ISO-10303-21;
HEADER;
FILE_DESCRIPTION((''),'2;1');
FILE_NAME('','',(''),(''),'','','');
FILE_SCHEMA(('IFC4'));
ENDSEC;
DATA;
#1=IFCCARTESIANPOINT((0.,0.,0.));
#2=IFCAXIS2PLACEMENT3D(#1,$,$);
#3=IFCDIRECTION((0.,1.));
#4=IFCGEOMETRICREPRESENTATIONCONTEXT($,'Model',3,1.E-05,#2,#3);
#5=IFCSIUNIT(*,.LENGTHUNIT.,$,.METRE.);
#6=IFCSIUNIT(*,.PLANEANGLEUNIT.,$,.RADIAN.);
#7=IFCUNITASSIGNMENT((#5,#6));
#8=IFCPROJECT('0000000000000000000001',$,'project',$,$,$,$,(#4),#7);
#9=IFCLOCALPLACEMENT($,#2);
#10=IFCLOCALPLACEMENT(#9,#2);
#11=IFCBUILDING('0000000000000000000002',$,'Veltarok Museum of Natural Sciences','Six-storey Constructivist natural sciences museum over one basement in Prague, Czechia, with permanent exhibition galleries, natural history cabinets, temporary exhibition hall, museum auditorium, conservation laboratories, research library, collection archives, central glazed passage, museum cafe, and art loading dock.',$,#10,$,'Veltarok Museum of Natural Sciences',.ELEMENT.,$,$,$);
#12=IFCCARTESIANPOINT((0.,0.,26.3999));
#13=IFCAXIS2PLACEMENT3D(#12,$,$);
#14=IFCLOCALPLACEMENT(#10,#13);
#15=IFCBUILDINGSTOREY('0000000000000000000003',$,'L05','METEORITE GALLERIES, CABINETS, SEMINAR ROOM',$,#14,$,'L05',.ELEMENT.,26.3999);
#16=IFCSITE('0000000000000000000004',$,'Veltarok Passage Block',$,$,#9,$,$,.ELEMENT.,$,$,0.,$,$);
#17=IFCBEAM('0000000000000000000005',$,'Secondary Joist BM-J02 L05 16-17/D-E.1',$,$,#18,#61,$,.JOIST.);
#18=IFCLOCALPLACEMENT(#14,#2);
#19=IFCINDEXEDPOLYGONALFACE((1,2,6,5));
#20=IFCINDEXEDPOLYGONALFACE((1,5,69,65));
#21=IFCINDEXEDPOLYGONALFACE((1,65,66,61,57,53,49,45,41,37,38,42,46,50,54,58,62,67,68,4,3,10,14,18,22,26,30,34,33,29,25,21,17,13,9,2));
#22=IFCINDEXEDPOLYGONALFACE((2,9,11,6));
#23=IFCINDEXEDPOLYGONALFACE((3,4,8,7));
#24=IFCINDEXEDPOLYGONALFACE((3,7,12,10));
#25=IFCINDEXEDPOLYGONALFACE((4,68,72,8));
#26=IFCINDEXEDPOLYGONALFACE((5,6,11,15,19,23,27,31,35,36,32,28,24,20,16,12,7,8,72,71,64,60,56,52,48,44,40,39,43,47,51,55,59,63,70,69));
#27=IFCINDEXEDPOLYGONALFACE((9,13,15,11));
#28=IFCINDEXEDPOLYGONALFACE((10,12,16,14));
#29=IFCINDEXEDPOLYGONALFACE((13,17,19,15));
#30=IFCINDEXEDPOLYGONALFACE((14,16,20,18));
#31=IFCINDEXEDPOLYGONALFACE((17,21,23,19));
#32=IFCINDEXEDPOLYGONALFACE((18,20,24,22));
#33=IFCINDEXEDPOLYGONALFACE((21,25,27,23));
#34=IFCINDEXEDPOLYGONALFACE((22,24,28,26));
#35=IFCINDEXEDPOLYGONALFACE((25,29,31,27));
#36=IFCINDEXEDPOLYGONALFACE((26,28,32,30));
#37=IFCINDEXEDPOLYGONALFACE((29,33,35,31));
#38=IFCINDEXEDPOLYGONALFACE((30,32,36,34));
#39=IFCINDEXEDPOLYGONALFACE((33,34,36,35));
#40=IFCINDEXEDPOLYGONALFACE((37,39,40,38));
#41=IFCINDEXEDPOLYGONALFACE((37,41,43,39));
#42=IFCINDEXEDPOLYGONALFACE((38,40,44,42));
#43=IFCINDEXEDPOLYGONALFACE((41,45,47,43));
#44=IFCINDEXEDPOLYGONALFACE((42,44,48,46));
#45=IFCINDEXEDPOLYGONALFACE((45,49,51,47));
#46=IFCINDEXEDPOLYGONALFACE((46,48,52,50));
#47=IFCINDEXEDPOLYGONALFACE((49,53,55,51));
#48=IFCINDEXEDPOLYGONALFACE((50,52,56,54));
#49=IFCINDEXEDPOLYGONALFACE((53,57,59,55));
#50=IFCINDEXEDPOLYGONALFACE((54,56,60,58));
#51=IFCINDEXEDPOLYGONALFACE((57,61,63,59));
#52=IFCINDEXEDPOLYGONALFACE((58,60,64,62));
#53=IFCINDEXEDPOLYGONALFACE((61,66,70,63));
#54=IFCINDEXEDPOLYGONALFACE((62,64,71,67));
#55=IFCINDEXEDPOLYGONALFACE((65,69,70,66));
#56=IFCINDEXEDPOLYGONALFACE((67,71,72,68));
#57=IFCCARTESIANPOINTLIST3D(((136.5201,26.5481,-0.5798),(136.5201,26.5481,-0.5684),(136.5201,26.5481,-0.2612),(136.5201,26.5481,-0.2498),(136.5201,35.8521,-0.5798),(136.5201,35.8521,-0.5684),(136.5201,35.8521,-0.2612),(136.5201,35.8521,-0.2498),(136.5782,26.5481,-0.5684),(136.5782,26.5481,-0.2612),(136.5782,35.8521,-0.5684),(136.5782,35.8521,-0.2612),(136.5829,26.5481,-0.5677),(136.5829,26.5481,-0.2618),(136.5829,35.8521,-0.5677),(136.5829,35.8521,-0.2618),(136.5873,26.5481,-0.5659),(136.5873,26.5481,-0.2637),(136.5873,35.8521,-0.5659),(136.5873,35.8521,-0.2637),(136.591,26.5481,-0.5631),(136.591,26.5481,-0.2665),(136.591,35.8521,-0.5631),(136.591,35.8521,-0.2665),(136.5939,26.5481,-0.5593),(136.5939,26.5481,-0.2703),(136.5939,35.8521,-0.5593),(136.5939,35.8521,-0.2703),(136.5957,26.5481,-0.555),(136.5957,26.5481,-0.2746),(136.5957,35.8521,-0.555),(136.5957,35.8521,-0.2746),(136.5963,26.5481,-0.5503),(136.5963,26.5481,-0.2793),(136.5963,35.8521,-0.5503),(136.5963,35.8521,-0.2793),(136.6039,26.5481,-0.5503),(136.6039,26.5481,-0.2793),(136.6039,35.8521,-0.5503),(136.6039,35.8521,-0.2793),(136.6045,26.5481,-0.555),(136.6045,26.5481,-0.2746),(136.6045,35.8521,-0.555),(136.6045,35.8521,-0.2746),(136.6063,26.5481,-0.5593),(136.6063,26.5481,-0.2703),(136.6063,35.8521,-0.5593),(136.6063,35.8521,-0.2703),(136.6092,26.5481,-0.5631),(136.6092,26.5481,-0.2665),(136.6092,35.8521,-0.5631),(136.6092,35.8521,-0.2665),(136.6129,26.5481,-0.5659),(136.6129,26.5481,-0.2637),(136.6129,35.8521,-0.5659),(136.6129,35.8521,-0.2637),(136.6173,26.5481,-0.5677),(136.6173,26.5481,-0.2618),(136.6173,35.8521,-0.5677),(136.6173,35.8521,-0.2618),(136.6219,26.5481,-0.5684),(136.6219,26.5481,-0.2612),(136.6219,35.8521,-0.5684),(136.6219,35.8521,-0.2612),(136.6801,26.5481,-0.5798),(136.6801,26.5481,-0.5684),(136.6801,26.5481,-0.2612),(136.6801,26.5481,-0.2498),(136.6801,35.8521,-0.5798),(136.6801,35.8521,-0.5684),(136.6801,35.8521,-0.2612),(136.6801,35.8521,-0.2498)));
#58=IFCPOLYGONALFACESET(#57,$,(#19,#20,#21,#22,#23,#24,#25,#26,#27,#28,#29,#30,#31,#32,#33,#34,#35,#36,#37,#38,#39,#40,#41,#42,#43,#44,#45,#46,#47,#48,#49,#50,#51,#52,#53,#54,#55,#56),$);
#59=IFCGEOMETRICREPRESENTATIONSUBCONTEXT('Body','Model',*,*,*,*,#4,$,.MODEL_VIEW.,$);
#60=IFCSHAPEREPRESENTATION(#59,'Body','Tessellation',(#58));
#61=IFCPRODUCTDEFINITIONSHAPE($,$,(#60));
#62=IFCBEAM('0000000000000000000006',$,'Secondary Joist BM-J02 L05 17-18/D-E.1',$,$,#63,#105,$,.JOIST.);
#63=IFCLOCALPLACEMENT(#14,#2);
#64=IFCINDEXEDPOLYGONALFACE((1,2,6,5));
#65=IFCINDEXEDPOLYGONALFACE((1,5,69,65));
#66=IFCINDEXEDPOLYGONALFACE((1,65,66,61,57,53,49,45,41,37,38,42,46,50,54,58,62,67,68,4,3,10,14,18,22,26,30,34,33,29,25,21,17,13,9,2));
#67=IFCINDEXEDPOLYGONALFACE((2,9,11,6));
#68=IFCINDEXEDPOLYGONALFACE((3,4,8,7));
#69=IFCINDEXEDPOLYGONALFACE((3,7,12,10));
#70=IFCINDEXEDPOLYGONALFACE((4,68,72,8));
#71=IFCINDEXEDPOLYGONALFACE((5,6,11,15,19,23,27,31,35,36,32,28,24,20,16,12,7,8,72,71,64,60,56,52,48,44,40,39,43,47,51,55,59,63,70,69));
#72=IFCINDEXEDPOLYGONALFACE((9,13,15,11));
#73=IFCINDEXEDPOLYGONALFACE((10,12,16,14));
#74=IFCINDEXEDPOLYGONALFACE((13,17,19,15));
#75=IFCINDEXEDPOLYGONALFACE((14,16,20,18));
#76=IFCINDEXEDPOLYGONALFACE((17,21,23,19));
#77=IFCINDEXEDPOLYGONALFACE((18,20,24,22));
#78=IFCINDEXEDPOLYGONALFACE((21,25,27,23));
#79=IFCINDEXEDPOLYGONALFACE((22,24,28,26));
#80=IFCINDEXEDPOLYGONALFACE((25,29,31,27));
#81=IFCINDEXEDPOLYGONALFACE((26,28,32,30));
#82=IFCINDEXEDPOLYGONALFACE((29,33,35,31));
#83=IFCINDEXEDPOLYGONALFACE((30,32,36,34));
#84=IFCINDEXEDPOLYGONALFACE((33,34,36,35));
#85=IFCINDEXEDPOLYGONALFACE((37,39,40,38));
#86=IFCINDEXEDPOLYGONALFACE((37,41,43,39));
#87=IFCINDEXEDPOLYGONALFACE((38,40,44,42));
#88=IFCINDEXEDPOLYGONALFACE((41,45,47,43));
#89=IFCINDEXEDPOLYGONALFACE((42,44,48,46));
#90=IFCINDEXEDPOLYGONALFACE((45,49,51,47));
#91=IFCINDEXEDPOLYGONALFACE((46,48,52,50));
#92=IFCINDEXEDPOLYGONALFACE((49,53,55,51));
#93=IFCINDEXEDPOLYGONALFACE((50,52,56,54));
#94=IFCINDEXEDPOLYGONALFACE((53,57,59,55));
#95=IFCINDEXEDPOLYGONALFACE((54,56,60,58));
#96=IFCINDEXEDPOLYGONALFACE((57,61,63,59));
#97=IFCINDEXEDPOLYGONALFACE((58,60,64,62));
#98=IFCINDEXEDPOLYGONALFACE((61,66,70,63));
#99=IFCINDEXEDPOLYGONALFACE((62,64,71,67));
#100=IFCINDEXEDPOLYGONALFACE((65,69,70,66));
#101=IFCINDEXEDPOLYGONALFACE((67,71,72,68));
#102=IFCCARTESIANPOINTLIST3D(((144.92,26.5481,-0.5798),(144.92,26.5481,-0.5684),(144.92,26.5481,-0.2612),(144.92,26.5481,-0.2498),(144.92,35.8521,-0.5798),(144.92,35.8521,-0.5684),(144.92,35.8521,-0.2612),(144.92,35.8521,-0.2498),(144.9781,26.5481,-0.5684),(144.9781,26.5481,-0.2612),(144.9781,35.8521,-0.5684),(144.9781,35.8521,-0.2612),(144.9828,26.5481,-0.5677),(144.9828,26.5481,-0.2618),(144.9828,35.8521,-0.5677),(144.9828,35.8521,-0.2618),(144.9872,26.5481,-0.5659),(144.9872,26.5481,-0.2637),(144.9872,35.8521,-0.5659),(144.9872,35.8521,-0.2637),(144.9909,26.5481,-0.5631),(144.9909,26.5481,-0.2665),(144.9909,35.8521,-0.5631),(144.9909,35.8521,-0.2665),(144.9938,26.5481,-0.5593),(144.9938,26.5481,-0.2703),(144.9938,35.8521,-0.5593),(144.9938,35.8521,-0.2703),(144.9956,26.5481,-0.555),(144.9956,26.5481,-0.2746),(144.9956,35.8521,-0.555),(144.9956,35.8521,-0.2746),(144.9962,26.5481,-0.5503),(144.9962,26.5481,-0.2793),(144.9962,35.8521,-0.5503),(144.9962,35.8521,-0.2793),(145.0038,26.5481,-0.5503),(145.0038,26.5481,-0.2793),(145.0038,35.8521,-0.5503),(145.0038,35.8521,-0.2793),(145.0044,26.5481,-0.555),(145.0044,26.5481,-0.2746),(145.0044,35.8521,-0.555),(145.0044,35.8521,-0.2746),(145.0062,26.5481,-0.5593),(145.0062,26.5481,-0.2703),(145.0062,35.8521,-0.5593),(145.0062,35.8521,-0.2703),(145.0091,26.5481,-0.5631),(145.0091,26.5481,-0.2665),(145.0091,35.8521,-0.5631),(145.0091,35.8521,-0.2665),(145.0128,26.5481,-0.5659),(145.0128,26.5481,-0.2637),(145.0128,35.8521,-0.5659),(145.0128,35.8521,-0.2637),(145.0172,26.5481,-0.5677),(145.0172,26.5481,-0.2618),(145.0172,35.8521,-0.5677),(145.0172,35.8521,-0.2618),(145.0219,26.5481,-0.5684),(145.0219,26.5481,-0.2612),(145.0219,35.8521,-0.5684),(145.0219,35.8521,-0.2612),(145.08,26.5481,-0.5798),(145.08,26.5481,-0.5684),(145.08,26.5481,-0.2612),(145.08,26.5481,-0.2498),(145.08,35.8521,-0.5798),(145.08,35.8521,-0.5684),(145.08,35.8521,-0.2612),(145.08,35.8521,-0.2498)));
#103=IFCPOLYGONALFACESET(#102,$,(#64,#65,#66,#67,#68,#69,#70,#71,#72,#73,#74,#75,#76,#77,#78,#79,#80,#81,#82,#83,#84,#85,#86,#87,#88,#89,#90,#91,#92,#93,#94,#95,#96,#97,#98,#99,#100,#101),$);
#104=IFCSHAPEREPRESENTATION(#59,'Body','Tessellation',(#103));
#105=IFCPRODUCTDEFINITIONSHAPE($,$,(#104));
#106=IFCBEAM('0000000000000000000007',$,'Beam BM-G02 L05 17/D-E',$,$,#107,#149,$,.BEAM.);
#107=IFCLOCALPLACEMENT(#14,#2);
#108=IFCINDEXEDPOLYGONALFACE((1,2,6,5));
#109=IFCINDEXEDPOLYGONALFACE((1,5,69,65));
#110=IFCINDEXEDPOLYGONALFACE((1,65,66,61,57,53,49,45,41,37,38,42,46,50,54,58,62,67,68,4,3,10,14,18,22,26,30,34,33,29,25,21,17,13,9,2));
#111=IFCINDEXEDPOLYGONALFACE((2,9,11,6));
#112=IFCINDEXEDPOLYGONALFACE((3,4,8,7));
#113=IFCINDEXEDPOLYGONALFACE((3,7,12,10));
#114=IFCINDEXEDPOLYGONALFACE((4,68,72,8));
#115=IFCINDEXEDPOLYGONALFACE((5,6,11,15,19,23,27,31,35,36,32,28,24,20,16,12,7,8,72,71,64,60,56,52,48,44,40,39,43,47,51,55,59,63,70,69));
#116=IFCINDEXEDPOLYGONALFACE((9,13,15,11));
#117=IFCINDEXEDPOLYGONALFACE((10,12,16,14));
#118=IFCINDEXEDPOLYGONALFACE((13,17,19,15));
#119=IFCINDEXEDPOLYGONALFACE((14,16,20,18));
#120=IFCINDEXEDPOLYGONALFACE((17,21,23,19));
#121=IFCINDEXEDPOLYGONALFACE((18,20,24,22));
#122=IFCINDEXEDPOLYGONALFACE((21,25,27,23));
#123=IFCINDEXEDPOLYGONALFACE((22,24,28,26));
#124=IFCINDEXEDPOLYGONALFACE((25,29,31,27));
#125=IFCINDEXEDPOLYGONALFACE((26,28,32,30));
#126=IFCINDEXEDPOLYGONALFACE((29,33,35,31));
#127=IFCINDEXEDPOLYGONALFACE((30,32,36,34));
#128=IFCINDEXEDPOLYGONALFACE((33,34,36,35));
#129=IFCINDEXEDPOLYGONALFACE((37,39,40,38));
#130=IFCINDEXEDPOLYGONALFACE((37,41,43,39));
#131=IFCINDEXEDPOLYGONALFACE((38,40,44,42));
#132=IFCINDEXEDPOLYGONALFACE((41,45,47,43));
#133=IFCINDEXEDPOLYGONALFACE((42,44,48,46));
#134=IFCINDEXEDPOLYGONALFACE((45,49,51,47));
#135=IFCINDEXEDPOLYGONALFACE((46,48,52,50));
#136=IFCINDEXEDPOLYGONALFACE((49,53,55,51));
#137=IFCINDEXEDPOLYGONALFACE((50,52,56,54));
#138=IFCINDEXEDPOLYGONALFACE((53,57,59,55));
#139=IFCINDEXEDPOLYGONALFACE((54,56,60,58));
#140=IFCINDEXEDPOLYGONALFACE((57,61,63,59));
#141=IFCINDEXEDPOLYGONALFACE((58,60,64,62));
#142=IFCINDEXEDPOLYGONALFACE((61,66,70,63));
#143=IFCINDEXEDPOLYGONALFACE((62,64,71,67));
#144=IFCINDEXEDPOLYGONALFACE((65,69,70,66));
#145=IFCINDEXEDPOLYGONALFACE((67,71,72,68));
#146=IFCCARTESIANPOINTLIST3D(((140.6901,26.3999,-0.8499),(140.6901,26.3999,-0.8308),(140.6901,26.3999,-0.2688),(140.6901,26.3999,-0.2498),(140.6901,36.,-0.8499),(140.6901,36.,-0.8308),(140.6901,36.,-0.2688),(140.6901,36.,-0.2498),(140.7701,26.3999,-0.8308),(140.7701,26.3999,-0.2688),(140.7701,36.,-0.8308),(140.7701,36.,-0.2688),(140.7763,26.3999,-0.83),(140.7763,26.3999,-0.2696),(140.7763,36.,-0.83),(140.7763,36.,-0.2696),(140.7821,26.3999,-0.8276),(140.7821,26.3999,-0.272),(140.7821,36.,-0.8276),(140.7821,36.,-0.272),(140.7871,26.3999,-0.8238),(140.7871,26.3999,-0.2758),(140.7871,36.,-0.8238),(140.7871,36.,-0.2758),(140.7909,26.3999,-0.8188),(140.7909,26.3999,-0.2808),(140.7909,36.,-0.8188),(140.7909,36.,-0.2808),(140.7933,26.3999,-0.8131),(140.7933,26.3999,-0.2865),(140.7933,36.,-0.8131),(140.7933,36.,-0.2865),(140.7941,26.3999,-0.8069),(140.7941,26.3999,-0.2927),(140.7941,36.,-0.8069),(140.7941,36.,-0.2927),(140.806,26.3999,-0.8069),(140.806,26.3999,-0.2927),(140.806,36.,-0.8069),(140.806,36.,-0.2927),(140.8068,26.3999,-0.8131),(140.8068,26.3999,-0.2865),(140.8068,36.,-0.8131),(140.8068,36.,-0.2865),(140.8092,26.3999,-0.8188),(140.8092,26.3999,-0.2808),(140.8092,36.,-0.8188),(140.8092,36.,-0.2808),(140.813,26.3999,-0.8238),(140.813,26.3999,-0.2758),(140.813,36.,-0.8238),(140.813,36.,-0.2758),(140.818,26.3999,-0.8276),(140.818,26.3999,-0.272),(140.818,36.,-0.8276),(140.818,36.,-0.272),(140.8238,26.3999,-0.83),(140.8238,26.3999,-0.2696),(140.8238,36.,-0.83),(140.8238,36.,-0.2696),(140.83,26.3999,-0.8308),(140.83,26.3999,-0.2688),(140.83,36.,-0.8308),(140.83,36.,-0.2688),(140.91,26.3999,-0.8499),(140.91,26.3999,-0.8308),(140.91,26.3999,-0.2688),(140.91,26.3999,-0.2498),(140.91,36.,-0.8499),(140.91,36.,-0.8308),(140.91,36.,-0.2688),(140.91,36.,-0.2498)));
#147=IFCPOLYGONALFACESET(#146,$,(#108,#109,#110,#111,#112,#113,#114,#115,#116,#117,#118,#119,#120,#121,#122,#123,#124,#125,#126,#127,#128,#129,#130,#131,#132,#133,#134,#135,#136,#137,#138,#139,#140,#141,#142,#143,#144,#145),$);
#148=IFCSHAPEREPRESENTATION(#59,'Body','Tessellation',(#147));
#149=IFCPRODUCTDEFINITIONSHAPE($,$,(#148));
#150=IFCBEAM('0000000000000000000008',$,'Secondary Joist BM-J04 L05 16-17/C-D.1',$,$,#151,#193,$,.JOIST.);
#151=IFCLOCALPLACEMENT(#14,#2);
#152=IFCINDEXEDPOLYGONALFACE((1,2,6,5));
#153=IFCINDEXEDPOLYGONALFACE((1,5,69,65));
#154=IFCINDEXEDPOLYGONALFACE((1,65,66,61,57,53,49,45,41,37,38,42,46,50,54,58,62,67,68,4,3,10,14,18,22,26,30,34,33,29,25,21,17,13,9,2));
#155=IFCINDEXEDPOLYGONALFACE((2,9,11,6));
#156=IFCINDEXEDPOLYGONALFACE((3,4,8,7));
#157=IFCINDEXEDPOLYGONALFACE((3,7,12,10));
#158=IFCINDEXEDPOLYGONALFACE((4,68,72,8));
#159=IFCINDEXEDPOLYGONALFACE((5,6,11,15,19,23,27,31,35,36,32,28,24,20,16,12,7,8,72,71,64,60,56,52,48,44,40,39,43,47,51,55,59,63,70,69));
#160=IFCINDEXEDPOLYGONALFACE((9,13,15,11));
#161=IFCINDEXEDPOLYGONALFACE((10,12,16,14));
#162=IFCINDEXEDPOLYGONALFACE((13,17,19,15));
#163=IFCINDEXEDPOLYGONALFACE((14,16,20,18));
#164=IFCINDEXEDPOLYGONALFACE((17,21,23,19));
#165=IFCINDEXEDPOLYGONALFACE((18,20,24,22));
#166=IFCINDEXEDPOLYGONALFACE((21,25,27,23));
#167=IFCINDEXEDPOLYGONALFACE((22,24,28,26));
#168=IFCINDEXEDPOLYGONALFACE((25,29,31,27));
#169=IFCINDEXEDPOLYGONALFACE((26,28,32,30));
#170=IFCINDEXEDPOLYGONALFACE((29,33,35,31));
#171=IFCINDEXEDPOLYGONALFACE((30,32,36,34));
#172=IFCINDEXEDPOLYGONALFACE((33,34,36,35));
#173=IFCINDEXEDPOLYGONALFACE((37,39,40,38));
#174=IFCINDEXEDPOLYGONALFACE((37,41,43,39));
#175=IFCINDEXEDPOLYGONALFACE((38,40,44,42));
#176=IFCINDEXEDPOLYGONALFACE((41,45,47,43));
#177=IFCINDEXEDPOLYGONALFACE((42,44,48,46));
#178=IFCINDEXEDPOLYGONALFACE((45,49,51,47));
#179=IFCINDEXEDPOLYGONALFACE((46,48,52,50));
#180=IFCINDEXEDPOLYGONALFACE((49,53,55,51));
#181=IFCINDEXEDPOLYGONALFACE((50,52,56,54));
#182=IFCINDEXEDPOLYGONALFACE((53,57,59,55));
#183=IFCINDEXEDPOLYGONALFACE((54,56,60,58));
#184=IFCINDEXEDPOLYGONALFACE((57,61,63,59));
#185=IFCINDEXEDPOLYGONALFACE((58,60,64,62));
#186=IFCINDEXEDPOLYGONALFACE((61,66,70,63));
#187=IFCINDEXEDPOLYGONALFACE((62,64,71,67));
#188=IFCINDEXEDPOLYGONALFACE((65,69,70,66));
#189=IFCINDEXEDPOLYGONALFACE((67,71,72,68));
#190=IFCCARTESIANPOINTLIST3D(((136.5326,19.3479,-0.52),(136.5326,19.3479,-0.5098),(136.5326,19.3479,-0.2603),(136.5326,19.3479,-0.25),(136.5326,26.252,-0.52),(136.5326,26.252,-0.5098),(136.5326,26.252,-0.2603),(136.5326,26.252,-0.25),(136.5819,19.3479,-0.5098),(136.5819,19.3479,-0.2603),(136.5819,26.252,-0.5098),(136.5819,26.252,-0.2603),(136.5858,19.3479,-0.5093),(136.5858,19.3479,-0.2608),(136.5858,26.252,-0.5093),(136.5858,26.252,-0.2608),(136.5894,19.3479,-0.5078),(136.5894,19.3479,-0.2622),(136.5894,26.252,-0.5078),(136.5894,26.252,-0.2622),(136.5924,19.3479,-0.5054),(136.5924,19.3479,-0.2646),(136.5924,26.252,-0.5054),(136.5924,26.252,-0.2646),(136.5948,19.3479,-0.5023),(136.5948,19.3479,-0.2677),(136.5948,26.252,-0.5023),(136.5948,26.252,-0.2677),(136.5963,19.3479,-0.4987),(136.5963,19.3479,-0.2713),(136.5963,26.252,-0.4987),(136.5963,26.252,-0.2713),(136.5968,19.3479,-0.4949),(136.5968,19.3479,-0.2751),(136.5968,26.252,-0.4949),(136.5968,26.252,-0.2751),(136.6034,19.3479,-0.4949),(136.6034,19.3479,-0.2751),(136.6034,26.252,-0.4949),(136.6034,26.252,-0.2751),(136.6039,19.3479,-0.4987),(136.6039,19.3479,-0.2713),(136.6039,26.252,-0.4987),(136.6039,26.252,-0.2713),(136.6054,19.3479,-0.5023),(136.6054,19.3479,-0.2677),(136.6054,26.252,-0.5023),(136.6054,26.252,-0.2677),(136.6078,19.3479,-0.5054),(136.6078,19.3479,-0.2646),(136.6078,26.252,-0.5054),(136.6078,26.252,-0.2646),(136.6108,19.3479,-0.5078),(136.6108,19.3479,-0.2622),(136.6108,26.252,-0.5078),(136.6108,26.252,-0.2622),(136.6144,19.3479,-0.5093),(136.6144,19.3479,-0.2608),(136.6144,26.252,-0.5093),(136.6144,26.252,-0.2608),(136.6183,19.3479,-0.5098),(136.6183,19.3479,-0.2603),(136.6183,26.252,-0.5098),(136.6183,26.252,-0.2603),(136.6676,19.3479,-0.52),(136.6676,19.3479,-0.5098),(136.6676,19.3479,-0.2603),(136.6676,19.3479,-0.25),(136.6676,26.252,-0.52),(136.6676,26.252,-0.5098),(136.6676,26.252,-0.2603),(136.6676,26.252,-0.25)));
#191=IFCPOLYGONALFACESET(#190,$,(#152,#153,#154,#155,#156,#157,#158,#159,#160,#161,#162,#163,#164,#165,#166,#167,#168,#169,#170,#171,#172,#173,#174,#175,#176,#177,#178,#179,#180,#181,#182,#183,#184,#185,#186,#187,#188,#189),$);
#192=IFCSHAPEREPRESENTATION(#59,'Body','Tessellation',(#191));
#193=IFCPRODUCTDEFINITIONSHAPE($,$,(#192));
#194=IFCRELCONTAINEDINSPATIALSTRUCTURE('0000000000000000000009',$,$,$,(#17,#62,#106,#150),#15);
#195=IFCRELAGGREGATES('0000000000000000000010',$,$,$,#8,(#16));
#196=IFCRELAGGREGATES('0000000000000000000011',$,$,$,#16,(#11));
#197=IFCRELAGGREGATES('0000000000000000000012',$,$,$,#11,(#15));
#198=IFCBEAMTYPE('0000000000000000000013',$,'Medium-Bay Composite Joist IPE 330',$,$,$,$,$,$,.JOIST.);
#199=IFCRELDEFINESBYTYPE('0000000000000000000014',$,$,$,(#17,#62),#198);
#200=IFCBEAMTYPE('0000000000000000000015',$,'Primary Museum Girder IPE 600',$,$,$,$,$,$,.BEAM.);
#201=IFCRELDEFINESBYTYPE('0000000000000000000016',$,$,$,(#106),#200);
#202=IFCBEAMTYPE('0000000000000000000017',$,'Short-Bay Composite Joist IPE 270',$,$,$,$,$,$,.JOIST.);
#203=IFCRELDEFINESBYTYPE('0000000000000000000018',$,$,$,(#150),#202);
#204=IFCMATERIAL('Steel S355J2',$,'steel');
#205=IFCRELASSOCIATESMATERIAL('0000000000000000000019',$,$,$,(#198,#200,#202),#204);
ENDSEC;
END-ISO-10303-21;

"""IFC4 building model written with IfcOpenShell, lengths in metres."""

from ifc_helpers import new_model, si_unit, direction, frame, origin, origin_2d, place, context, subcontext, project, spatial, i_section, extrude, material, material_profile, profile_set, type_object, element, save


model = new_model("IFC4")

# Units and contexts
model_context = context("Model", 3, precision=1e-05, world=origin(), true_north=direction((0.0, 1.0)))
body_context = subcontext(model_context, "Body", "Model", "MODEL_VIEW")
ifc_project = project(units=[si_unit("LENGTHUNIT", "METRE"), si_unit("PLANEANGLEUNIT", "RADIAN")], contexts=[model_context])

# Site, building, storey
site_placement = place(None, origin())
site = spatial("IfcSite", under=ifc_project, at=site_placement, Name="Veltarok Passage Block", CompositionType="ELEMENT", RefElevation=0.0)
building_placement = place(site_placement, origin())
building = spatial("IfcBuilding", under=site, at=building_placement, Name="Veltarok Museum of Natural Sciences", Description="Six-storey Constructivist natural sciences museum over one basement in Prague, Czechia, with permanent exhibition galleries, natural history cabinets, temporary exhibition hall, museum auditorium, conservation laboratories, research library, collection archives, central glazed passage, museum cafe, and art loading dock.", LongName="Veltarok Museum of Natural Sciences", CompositionType="ELEMENT")
storey_placement = place(building_placement, frame((0.0, 0.0, 26.3999)))
storey = spatial("IfcBuildingStorey", under=building, at=storey_placement, Name="L05", Description="METEORITE GALLERIES, CABINETS, SEMINAR ROOM", LongName="L05", CompositionType="ELEMENT", Elevation=26.3999)

# Beams
ifc_material_1 = material(Name="Steel S355J2", Category="steel")
ifc_material_profile_1 = material_profile(ifc_material_1, i_section(OverallWidth=0.1599, OverallDepth=0.3301, WebThickness=0.0076, FlangeThickness=0.0115, FilletRadius=0.0181, at=origin_2d()), Name="IPE 330")
ifc_profile_set_1 = profile_set([ifc_material_profile_1], Name="Steel S355J2")
beam_type_1 = type_object("IfcBeamType", Name="Medium-Bay Composite Joist IPE 330", PredefinedType="JOIST", material=ifc_profile_set_1)
for number, where, z_axis, x_axis, name in (
    (1, (136.6001, 26.5481, -0.4148), (0.0, 1.0, 0.0), (-1.0, 0.0, 0.0), "Secondary Joist BM-J02 L05 16-17/D-E.1"),
    (2, (145.0, 26.5481, -0.4148), (0.0, 1.0, 0.0), (-1.0, 0.0, 0.0), "Secondary Joist BM-J02 L05 17-18/D-E.1"),
):
    element("IfcBeam", number, at=place(storey_placement, frame(where, z_axis=z_axis, x_axis=x_axis)), inside=storey, type_object=beam_type_1, Name=name, PredefinedType="JOIST", context=body_context, shape_type="SweptSolid", body=[
        extrude(i_section(OverallWidth=0.1599, OverallDepth=0.3301, WebThickness=0.0076, FlangeThickness=0.0115, FilletRadius=0.0181, at=origin_2d()), origin(), (0.0, 0.0, 1.0), 9.304),
    ])
ifc_material_profile_2 = material_profile(ifc_material_1, i_section(OverallWidth=0.22, OverallDepth=0.6001, WebThickness=0.012, FlangeThickness=0.019, FilletRadius=0.0239, at=origin_2d()), Name="IPE 600")
ifc_profile_set_2 = profile_set([ifc_material_profile_2], Name="Steel S355J2")
beam_type_2 = type_object("IfcBeamType", Name="Primary Museum Girder IPE 600", PredefinedType="BEAM", material=ifc_profile_set_2)
beam_1_placement = place(storey_placement, frame((140.8, 26.3999, -0.5498), z_axis=(0.0, 1.0, 0.0), x_axis=(-1.0, 0.0, 0.0)))
element("IfcBeam", 3, at=beam_1_placement, inside=storey, type_object=beam_type_2, Name="Beam BM-G02 L05 17/D-E", PredefinedType="BEAM", context=body_context, shape_type="SweptSolid", body=[
    extrude(i_section(OverallWidth=0.22, OverallDepth=0.6001, WebThickness=0.012, FlangeThickness=0.019, FilletRadius=0.0239, at=origin_2d()), origin(), (0.0, 0.0, 1.0), 9.6001),
])
ifc_material_profile_3 = material_profile(ifc_material_1, i_section(OverallWidth=0.135, OverallDepth=0.27, WebThickness=0.0066, FlangeThickness=0.0103, FilletRadius=0.0149, at=origin_2d()), Name="IPE 270")
ifc_profile_set_3 = profile_set([ifc_material_profile_3], Name="Steel S355J2")
beam_type_3 = type_object("IfcBeamType", Name="Short-Bay Composite Joist IPE 270", PredefinedType="JOIST", material=ifc_profile_set_3)
for number, where, z_axis, x_axis, name in (
    (4, (136.6001, 19.3479, -0.385), (0.0, 1.0, 0.0), (-1.0, 0.0, 0.0), "Secondary Joist BM-J04 L05 16-17/C-D.1"),
):
    element("IfcBeam", number, at=place(storey_placement, frame(where, z_axis=z_axis, x_axis=x_axis)), inside=storey, type_object=beam_type_3, Name=name, PredefinedType="JOIST", context=body_context, shape_type="SweptSolid", body=[
        extrude(i_section(OverallWidth=0.135, OverallDepth=0.27, WebThickness=0.0066, FlangeThickness=0.0103, FilletRadius=0.0149, at=origin_2d()), origin(), (0.0, 0.0, 1.0), 6.9041),
    ])

save(model, "model.ifc")
